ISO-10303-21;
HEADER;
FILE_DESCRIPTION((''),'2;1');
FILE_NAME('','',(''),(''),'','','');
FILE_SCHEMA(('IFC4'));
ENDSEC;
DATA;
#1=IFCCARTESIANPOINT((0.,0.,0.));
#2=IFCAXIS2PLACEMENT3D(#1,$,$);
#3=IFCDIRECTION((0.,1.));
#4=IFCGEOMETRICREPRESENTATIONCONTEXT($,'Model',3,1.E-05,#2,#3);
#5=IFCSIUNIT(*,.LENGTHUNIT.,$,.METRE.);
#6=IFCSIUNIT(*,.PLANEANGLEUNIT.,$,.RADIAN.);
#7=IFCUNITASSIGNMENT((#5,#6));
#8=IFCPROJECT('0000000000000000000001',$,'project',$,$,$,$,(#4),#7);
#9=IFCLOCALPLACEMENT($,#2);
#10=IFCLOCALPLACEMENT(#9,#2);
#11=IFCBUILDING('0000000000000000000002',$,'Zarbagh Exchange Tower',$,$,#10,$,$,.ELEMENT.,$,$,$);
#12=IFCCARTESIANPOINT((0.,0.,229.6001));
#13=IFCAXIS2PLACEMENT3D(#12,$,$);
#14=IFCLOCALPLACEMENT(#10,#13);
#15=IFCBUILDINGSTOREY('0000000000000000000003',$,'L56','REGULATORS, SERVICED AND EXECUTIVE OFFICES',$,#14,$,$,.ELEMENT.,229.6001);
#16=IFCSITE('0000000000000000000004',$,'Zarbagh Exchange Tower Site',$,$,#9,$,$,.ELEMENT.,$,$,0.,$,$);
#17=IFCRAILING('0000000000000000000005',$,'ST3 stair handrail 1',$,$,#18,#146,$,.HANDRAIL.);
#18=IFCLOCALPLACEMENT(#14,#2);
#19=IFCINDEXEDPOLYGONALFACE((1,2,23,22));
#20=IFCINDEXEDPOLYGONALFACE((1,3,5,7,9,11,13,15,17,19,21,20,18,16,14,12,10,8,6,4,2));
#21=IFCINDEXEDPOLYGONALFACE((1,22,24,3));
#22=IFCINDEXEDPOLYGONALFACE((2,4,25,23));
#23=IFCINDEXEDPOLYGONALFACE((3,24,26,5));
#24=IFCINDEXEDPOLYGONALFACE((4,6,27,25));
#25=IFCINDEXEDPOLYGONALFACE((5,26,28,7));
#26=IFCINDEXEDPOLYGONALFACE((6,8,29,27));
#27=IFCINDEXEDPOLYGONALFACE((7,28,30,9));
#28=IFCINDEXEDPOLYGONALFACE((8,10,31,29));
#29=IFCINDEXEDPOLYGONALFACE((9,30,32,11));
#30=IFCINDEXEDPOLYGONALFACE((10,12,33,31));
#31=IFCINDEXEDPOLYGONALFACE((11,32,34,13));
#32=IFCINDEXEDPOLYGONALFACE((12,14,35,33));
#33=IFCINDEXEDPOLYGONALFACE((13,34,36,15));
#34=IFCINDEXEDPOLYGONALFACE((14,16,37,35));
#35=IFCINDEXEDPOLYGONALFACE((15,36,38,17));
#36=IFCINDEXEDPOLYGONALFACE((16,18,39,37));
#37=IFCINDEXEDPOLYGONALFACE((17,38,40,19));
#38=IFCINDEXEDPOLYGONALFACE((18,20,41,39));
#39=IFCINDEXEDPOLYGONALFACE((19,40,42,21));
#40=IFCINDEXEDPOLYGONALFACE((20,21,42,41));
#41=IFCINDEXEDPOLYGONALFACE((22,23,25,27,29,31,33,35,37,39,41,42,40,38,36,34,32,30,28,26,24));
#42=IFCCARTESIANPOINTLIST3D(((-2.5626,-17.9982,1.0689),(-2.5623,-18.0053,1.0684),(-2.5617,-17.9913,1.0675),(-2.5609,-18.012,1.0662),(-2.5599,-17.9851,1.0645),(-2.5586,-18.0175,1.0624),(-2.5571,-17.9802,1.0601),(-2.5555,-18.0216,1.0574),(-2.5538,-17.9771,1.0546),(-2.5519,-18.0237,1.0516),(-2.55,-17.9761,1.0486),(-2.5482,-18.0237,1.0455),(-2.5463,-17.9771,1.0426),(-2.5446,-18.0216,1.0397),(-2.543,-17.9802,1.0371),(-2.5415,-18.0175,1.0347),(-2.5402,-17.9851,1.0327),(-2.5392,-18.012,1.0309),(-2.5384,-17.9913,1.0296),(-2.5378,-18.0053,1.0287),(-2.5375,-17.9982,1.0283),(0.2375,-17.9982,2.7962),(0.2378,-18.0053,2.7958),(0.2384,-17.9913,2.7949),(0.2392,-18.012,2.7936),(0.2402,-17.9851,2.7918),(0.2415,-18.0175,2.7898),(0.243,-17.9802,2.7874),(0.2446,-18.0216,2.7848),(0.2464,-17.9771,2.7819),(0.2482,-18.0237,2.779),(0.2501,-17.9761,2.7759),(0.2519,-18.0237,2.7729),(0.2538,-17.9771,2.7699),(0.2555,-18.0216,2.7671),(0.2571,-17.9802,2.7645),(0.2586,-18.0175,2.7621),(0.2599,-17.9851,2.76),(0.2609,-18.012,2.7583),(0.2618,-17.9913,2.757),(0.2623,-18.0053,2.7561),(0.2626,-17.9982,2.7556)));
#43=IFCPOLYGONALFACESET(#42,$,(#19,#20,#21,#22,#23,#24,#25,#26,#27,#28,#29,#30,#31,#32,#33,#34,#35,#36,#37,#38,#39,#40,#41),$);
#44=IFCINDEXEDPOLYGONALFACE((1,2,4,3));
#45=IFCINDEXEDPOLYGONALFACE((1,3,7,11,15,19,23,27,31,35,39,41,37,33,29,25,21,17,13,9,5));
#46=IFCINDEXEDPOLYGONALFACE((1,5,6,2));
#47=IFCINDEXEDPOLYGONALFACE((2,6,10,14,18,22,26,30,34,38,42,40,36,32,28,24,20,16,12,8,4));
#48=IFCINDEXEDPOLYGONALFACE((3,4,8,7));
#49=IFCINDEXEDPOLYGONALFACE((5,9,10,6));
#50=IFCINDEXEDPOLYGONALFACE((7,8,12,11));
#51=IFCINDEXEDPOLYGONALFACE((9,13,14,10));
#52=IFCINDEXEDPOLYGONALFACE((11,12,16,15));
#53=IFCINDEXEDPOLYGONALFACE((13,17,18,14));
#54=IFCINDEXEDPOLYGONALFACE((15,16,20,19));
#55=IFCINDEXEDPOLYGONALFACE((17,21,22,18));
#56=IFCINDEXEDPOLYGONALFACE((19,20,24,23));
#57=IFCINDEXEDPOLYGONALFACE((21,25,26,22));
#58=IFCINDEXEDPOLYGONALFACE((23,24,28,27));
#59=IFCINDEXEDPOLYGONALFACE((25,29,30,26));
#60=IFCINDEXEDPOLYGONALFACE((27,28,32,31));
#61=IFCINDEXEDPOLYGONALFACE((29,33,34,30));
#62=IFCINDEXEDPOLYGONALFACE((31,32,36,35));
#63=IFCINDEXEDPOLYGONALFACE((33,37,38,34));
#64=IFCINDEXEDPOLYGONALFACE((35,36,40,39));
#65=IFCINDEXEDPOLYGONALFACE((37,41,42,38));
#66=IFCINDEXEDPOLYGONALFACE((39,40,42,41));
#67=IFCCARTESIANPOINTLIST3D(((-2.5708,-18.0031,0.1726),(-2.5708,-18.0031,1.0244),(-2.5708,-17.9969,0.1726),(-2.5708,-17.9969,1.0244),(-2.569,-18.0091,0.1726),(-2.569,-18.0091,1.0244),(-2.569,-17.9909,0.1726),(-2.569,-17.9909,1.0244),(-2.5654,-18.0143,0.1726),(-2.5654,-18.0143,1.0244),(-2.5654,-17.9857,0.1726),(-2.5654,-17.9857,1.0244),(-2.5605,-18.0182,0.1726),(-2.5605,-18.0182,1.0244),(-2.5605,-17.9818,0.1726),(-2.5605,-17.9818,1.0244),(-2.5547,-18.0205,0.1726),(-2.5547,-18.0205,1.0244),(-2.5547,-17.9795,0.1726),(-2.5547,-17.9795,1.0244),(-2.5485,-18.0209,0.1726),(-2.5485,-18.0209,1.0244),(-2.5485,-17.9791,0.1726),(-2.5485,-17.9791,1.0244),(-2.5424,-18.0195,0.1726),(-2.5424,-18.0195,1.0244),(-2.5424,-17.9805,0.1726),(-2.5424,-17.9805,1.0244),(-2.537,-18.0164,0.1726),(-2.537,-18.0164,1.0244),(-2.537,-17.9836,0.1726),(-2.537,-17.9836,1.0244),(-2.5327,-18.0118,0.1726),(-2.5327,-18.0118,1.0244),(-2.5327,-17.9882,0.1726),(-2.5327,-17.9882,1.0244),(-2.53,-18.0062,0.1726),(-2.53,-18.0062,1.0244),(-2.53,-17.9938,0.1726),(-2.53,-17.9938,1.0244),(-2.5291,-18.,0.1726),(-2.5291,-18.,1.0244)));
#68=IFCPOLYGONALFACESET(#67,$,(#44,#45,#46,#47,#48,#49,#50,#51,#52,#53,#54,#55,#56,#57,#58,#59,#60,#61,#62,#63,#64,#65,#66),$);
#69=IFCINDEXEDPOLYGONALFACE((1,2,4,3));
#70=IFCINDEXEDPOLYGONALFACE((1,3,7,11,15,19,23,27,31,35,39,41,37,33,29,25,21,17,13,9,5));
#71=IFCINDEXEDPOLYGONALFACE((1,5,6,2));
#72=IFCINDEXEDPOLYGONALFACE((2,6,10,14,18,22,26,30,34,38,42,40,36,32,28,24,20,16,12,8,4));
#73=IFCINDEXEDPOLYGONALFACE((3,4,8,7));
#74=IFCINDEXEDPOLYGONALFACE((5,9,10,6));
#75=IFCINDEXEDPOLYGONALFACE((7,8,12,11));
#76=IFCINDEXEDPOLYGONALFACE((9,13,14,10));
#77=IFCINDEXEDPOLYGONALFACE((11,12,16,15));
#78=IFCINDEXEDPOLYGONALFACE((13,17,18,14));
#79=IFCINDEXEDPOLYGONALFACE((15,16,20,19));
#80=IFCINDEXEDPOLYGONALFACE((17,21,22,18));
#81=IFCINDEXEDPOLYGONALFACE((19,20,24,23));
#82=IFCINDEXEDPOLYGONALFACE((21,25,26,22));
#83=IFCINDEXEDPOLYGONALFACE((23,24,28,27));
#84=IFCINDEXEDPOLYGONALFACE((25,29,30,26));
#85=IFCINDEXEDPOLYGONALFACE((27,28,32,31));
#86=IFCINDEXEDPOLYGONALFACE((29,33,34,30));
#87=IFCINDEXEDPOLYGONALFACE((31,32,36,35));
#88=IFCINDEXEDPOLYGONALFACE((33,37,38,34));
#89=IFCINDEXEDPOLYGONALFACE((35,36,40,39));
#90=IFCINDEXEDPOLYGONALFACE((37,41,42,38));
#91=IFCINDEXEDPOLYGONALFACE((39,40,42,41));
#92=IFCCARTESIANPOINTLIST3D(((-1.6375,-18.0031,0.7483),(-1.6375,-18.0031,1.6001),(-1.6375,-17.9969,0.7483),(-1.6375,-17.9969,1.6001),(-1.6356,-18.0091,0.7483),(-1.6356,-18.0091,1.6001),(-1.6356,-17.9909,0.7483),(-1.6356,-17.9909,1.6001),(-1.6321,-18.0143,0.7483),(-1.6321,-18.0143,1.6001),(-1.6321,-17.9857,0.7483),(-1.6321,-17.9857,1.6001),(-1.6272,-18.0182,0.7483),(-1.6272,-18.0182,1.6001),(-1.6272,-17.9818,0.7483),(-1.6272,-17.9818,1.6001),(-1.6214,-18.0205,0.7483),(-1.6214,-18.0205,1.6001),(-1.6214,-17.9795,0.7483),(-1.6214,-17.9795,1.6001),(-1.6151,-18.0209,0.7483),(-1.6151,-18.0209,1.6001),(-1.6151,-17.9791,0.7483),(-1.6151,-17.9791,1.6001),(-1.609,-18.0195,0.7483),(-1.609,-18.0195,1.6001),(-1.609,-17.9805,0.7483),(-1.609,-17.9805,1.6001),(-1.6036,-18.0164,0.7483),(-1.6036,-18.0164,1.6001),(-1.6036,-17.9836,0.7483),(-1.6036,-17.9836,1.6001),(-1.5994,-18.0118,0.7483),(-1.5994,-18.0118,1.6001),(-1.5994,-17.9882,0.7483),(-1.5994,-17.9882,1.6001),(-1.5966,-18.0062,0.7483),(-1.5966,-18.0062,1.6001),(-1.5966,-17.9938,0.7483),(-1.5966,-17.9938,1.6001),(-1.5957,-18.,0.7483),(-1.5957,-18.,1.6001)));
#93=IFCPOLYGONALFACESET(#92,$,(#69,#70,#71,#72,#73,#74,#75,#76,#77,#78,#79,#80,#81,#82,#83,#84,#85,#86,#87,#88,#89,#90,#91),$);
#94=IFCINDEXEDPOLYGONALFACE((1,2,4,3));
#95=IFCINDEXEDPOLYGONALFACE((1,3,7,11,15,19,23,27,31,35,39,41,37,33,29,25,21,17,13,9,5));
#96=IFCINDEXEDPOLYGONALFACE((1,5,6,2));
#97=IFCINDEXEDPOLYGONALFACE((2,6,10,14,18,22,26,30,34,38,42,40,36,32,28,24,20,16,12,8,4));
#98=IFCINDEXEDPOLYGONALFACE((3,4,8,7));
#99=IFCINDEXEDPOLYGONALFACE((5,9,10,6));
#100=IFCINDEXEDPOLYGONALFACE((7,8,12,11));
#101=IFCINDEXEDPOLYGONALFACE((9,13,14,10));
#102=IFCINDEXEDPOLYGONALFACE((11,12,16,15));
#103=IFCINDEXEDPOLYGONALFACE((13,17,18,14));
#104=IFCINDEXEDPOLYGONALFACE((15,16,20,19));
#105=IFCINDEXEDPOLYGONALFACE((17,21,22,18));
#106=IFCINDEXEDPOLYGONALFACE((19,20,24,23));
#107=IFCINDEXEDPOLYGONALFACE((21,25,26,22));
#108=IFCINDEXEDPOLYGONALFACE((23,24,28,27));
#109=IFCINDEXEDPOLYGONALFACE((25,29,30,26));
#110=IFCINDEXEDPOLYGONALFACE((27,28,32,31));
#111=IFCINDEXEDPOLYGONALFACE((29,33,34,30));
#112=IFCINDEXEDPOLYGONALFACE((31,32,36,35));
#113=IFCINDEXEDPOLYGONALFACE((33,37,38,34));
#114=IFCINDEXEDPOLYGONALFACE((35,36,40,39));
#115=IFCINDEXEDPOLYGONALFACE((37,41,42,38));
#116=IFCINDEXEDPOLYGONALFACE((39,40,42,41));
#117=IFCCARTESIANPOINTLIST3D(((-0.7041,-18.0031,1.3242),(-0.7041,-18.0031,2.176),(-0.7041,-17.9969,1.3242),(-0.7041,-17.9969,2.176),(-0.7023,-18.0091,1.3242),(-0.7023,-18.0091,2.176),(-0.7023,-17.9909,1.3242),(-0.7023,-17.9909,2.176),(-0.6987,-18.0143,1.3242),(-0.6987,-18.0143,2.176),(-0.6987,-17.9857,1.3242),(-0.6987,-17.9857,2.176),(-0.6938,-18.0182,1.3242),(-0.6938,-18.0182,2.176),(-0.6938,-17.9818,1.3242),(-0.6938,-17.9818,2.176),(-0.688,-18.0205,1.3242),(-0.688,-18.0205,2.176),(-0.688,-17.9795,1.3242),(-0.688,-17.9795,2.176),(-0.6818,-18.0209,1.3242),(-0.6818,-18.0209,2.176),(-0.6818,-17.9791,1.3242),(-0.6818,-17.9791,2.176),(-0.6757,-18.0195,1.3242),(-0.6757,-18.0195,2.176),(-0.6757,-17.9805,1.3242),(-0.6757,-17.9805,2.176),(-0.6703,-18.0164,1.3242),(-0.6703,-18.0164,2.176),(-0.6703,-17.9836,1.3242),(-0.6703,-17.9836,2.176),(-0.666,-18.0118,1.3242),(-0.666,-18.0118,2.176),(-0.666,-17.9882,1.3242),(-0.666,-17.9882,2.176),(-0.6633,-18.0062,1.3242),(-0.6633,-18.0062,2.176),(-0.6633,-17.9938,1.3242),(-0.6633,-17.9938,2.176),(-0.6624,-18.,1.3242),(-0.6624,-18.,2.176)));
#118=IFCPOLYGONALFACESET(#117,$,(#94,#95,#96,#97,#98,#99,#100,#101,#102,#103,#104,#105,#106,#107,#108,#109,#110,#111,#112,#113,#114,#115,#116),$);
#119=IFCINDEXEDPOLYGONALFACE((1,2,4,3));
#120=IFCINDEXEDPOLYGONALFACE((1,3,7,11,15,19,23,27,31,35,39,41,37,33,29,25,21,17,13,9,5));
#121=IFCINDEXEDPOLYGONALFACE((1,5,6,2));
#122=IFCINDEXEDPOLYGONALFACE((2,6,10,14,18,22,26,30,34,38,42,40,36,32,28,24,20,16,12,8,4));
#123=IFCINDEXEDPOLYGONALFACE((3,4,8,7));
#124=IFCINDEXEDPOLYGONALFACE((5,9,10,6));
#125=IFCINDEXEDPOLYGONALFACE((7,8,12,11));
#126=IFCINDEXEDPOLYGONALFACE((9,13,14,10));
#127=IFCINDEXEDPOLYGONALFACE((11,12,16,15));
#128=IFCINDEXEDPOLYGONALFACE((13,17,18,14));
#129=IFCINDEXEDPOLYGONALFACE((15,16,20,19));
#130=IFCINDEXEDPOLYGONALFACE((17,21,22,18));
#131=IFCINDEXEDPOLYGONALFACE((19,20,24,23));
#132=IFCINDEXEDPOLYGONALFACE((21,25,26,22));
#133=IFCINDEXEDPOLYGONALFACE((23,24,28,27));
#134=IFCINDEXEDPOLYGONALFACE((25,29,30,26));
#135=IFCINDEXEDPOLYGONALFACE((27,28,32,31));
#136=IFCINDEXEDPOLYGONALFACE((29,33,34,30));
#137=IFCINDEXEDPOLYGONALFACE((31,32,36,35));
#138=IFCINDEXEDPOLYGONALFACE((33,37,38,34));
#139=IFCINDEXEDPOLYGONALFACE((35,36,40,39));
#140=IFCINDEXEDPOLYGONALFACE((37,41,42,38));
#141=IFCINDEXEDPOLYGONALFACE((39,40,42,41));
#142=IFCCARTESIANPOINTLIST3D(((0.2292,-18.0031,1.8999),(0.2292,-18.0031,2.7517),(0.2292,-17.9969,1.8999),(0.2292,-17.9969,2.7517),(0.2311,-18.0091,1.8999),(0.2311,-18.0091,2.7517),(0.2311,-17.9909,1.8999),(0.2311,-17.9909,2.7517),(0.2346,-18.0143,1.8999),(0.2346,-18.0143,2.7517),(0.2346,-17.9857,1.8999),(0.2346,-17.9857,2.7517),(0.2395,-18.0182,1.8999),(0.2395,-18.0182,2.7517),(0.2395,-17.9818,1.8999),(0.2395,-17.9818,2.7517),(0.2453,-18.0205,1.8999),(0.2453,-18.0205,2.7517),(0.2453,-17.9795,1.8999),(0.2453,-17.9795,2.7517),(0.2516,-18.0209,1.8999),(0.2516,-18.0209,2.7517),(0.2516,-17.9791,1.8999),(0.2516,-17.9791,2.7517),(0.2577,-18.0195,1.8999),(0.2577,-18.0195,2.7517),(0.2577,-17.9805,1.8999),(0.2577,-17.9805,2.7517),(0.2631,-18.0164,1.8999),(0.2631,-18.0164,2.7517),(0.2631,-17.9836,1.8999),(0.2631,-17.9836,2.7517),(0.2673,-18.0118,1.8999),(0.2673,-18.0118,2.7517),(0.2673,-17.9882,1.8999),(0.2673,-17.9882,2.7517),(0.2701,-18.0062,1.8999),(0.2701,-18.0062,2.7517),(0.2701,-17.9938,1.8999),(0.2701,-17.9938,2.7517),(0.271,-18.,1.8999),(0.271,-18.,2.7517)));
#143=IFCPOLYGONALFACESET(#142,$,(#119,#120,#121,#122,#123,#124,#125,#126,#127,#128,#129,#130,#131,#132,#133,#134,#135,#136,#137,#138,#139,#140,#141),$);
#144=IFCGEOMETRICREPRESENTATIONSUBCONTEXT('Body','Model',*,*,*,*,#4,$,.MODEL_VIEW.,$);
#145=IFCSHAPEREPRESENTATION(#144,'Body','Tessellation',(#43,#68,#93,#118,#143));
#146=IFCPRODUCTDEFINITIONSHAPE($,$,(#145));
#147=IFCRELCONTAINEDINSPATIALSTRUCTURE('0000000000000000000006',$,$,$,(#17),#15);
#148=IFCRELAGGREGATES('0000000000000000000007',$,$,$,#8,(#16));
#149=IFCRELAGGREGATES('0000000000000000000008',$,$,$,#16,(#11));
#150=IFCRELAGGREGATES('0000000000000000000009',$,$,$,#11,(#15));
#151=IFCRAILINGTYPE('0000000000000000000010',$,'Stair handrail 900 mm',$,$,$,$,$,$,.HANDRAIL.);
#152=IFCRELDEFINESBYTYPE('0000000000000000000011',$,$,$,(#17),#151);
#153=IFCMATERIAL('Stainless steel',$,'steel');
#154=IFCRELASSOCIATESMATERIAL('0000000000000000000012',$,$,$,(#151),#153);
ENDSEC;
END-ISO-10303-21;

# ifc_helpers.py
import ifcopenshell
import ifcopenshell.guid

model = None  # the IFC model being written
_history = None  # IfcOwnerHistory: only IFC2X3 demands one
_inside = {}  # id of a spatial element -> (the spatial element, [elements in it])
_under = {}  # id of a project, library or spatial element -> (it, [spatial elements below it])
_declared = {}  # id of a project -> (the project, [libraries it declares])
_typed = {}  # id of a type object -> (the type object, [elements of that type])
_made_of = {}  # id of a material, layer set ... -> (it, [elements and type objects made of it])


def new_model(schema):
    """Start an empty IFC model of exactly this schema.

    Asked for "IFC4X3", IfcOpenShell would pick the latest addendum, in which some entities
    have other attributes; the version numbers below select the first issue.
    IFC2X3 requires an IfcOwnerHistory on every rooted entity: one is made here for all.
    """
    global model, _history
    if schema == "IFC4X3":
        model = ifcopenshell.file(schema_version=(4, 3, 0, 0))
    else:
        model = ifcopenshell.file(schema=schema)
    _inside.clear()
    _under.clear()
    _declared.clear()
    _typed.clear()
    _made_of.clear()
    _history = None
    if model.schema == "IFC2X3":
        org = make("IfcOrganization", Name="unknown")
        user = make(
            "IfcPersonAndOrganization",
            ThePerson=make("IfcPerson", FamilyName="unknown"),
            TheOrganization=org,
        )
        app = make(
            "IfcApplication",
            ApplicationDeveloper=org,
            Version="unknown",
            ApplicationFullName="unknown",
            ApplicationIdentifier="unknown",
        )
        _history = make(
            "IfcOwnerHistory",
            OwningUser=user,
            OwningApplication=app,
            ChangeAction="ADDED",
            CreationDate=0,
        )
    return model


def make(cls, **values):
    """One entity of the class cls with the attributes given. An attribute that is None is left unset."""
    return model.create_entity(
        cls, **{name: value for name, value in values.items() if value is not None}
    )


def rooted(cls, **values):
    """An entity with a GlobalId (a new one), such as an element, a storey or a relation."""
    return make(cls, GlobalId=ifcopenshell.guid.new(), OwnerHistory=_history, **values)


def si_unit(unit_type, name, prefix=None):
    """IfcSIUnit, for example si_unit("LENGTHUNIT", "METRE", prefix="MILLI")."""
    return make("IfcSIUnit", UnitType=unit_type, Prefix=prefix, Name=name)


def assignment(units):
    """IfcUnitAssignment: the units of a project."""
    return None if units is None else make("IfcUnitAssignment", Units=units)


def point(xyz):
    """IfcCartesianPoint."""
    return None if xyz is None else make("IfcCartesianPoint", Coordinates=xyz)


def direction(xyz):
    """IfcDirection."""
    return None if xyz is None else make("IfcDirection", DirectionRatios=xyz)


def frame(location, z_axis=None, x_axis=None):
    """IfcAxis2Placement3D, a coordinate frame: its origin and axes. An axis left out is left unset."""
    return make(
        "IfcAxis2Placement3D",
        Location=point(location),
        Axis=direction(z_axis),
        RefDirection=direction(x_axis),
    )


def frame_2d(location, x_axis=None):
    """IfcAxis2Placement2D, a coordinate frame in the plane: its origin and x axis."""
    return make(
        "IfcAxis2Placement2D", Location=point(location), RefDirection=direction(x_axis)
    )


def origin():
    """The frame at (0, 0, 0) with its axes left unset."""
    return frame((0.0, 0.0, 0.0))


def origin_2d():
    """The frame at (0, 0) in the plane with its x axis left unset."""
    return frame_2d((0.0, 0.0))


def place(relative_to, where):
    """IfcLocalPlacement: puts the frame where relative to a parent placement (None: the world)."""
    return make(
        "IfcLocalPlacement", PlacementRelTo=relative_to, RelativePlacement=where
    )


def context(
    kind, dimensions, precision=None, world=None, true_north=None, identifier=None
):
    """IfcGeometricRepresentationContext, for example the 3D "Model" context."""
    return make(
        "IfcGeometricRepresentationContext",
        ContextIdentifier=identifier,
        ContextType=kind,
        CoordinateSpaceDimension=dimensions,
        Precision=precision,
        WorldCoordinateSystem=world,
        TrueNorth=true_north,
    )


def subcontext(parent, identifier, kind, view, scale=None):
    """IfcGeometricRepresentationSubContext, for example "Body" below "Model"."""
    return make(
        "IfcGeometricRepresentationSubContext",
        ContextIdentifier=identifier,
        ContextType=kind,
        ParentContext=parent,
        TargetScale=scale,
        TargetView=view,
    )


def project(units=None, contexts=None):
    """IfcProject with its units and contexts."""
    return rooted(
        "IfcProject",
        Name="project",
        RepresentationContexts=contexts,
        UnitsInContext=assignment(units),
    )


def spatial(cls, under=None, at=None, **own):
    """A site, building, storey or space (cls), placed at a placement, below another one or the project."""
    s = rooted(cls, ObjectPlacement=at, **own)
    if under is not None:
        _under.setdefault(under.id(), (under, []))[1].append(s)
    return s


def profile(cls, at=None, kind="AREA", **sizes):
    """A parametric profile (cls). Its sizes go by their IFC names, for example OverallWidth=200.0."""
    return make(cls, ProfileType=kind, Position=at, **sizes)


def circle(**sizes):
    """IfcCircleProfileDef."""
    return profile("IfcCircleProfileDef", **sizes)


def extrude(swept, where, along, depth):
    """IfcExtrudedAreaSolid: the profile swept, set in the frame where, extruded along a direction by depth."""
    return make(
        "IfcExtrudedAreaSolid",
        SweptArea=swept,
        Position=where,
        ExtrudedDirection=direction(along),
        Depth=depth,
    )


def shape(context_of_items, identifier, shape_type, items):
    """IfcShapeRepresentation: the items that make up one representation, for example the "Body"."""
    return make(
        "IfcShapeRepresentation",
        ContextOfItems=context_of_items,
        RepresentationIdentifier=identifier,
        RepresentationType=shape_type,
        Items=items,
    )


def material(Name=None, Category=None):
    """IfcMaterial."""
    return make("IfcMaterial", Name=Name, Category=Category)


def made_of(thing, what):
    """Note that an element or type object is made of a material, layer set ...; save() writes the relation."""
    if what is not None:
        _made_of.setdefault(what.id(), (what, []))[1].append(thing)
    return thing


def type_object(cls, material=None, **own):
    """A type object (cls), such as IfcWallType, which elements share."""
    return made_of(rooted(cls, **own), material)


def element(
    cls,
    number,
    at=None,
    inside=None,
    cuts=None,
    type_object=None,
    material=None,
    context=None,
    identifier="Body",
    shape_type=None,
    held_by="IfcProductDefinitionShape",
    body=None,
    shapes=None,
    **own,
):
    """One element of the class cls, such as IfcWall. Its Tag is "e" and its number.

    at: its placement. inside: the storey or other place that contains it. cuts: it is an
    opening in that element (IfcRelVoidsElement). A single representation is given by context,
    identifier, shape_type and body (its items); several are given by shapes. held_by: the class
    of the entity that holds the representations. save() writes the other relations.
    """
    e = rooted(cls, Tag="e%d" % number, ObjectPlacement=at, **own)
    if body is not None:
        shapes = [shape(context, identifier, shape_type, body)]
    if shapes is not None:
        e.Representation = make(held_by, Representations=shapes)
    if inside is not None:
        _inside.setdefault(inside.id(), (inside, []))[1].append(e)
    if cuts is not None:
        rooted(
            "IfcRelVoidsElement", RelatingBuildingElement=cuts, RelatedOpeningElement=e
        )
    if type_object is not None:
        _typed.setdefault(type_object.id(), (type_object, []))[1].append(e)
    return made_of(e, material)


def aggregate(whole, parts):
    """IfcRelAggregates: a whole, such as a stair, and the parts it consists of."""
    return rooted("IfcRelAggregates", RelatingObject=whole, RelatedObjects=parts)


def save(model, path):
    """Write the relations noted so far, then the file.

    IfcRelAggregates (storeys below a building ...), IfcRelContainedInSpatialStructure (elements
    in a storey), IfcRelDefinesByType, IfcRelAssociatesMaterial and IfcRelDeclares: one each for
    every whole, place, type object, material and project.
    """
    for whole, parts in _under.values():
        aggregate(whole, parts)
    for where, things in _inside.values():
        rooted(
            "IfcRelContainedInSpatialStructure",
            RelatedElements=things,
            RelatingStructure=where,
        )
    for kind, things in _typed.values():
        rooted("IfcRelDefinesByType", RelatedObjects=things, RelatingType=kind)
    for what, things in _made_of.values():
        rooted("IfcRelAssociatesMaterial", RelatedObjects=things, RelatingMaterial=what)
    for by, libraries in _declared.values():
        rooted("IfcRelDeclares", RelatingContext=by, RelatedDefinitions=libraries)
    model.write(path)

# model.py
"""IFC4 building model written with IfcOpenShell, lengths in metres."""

from ifc_helpers import new_model, si_unit, direction, frame, origin, origin_2d, place, context, subcontext, project, spatial, circle, extrude, material, type_object, element, save


model = new_model("IFC4")

# Units and contexts
model_context = context("Model", 3, precision=1e-05, world=origin(), true_north=direction((0.0, 1.0)))
body_context = subcontext(model_context, "Body", "Model", "MODEL_VIEW")
ifc_project = project(units=[si_unit("LENGTHUNIT", "METRE"), si_unit("PLANEANGLEUNIT", "RADIAN")], contexts=[model_context])

# Site, building, storey
site_placement = place(None, origin())
site = spatial("IfcSite", under=ifc_project, at=site_placement, Name="Zarbagh Exchange Tower Site", CompositionType="ELEMENT", RefElevation=0.0)
building_placement = place(site_placement, origin())
building = spatial("IfcBuilding", under=site, at=building_placement, Name="Zarbagh Exchange Tower", CompositionType="ELEMENT")
storey_placement = place(building_placement, frame((0.0, 0.0, 229.6001)))
storey = spatial("IfcBuildingStorey", under=building, at=storey_placement, Name="L56", Description="REGULATORS, SERVICED AND EXECUTIVE OFFICES", CompositionType="ELEMENT", Elevation=229.6001)

# Railing
ifc_material_1 = material(Name="Stainless steel", Category="steel")
railing_type_1 = type_object("IfcRailingType", Name="Stair handrail 900 mm", PredefinedType="HANDRAIL", material=ifc_material_1)
railing_1_placement = place(storey_placement, frame((-2.55, -18.0, 0.1726)))
element("IfcRailing", 1, at=railing_1_placement, inside=storey, type_object=railing_type_1, Name="ST3 stair handrail 1", PredefinedType="HANDRAIL", context=body_context, shape_type="SweptSolid", body=[
    extrude(circle(Radius=0.0239, at=origin_2d()), frame((0.0, 0.0, 0.876), z_axis=(0.85109, 0.0, 0.52502), x_axis=(0.0, 1.0, 0.0)), (0.0, 0.0, 1.0), 3.29),
    extrude(circle(Radius=0.021, at=origin_2d()), origin(), (0.0, 0.0, 1.0), 0.8518),
    extrude(circle(Radius=0.021, at=origin_2d()), frame((0.9333, 0.0, 0.5757)), (0.0, 0.0, 1.0), 0.8518),
    extrude(circle(Radius=0.021, at=origin_2d()), frame((1.8667, 0.0, 1.1516)), (0.0, 0.0, 1.0), 0.8518),
    extrude(circle(Radius=0.021, at=origin_2d()), frame((2.8, 0.0, 1.7273)), (0.0, 0.0, 1.0), 0.8518),
])

save(model, "model.ifc")
